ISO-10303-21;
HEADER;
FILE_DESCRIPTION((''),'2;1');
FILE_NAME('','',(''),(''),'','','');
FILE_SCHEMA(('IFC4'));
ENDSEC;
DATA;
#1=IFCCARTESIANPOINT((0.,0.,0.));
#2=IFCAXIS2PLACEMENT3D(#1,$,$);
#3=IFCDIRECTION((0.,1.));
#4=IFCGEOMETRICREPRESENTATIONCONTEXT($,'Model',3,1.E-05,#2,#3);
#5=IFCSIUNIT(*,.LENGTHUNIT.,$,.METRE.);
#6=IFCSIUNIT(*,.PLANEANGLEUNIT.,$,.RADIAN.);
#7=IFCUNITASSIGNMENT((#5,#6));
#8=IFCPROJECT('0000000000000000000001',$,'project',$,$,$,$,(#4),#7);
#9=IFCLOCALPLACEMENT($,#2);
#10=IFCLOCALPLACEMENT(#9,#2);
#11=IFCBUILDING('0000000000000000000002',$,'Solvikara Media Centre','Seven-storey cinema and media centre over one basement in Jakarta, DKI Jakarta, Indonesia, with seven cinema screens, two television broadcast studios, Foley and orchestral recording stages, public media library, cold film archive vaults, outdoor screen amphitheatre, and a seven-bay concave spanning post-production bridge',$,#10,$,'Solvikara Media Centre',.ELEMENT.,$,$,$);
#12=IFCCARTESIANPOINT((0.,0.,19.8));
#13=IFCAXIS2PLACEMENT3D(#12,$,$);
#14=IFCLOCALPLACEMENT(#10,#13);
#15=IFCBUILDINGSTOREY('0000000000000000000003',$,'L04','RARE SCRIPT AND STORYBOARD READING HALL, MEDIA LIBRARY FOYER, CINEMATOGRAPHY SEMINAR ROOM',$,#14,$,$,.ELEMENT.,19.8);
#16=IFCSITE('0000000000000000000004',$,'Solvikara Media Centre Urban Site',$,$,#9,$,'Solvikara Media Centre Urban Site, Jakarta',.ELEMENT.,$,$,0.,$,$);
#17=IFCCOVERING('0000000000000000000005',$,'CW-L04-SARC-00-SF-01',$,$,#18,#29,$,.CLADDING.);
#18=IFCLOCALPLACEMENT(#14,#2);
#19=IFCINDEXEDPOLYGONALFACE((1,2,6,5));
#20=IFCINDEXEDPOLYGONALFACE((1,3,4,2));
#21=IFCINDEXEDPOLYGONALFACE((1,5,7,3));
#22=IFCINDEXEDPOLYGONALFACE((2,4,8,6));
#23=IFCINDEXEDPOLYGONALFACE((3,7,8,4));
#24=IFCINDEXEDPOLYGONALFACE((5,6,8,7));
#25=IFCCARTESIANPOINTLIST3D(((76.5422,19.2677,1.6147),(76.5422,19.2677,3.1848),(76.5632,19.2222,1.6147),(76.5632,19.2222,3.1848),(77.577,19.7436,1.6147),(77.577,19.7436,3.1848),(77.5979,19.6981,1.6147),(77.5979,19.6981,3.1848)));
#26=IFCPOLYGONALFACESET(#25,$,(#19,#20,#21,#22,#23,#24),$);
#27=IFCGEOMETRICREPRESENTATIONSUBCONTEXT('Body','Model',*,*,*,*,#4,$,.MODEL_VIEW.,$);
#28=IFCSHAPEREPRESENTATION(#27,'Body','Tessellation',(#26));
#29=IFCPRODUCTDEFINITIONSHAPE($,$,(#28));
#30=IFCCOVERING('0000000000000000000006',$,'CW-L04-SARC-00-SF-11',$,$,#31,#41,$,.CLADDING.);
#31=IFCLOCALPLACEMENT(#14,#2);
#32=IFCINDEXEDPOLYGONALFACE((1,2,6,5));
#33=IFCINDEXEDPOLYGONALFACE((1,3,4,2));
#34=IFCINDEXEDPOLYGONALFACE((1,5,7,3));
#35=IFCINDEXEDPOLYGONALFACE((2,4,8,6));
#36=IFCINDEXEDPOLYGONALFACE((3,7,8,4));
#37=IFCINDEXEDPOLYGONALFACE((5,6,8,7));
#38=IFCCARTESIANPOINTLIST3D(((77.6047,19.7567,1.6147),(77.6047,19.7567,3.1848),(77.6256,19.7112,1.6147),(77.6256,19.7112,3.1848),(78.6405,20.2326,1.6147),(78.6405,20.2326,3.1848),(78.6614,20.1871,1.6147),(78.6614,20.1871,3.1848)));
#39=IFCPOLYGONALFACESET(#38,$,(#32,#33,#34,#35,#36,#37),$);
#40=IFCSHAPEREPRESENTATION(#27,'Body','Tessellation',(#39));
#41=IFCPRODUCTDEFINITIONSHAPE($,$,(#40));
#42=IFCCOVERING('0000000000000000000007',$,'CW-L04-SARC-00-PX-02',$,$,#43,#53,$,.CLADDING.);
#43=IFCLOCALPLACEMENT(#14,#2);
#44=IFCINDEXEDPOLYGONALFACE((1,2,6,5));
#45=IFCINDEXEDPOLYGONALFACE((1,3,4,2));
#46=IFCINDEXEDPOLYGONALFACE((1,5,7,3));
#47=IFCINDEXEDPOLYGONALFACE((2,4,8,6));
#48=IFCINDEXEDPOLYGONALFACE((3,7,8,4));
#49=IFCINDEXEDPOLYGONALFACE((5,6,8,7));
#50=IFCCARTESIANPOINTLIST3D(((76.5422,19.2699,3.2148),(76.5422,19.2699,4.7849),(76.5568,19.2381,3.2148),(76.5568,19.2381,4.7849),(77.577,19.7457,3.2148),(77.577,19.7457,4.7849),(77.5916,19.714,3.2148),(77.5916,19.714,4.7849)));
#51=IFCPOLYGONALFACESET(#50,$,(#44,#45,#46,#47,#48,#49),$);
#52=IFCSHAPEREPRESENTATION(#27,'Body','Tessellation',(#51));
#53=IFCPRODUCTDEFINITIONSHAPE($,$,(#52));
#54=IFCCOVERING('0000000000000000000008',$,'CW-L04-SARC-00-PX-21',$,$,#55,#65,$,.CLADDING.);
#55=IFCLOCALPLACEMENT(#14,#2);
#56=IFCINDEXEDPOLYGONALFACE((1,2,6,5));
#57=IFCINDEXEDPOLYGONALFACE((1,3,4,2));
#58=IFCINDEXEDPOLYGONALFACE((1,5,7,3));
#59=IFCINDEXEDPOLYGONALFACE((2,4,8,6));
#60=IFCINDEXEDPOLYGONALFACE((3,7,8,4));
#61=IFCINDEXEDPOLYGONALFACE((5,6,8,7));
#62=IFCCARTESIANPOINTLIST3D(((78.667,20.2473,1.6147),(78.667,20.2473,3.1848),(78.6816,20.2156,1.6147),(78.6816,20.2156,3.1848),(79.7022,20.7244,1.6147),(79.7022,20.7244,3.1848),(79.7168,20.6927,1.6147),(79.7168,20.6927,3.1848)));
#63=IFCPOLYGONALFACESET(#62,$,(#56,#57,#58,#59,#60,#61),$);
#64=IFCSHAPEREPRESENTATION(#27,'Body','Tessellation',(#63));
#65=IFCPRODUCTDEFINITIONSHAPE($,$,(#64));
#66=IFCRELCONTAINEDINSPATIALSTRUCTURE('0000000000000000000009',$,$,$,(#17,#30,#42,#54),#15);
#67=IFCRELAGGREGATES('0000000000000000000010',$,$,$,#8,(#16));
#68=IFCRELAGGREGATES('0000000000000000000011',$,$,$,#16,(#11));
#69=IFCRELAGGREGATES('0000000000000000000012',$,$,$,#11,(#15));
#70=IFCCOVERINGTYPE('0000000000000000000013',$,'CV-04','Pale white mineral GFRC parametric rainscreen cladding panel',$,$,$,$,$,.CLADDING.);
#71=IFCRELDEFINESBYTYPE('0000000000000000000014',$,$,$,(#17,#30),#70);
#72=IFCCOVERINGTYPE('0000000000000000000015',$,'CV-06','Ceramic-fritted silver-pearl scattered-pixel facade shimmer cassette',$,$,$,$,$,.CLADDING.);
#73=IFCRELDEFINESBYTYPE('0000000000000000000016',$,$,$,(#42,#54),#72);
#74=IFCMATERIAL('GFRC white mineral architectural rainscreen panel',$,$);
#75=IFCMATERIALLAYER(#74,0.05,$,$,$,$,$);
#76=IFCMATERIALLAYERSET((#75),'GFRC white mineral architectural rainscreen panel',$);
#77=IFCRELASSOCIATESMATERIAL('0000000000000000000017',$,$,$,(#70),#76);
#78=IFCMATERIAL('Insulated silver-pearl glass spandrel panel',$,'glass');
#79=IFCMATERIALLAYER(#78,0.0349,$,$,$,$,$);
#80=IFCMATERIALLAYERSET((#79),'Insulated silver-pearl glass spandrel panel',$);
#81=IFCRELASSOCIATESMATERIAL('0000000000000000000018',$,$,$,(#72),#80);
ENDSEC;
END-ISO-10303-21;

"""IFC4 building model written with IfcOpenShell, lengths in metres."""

from ifc_helpers import new_model, si_unit, direction, frame, origin, origin_2d, place, context, subcontext, project, spatial, rectangle, extrude, material, layer, layer_set, type_object, element, save


model = new_model("IFC4")

# Units and contexts
model_context = context("Model", 3, precision=1e-05, world=origin(), true_north=direction((0.0, 1.0)))
body_context = subcontext(model_context, "Body", "Model", "MODEL_VIEW")
ifc_project = project(units=[si_unit("LENGTHUNIT", "METRE"), si_unit("PLANEANGLEUNIT", "RADIAN")], contexts=[model_context])

# Site, building, storey
site_placement = place(None, origin())
site = spatial("IfcSite", under=ifc_project, at=site_placement, Name="Solvikara Media Centre Urban Site", LongName="Solvikara Media Centre Urban Site, Jakarta", CompositionType="ELEMENT", RefElevation=0.0)
building_placement = place(site_placement, origin())
building = spatial("IfcBuilding", under=site, at=building_placement, Name="Solvikara Media Centre", Description="Seven-storey cinema and media centre over one basement in Jakarta, DKI Jakarta, Indonesia, with seven cinema screens, two television broadcast studios, Foley and orchestral recording stages, public media library, cold film archive vaults, outdoor screen amphitheatre, and a seven-bay concave spanning post-production bridge", LongName="Solvikara Media Centre", CompositionType="ELEMENT")
storey_placement = place(building_placement, frame((0.0, 0.0, 19.8)))
storey = spatial("IfcBuildingStorey", under=building, at=storey_placement, Name="L04", Description="RARE SCRIPT AND STORYBOARD READING HALL, MEDIA LIBRARY FOYER, CINEMATOGRAPHY SEMINAR ROOM", CompositionType="ELEMENT", Elevation=19.8)

# Shared definitions
ifc_material_1 = material(Name="Insulated silver-pearl glass spandrel panel", Category="glass")

# Coverings
ifc_material_2 = material(Name="GFRC white mineral architectural rainscreen panel")
ifc_layer_1 = layer(ifc_material_2, 0.05)
ifc_layer_set_1 = layer_set([ifc_layer_1], Name="GFRC white mineral architectural rainscreen panel")
covering_type_1 = type_object("IfcCoveringType", Name="CV-04", Description="Pale white mineral GFRC parametric rainscreen cladding panel", PredefinedType="CLADDING", material=ifc_layer_set_1)
covering_1_placement = place(storey_placement, frame((77.0701, 19.4829, 1.6147), z_axis=(0.0, 0.0, 1.0), x_axis=(0.908523, 0.417835, 0.0)))
element("IfcCovering", 1, at=covering_1_placement, inside=storey, type_object=covering_type_1, Name="CW-L04-SARC-00-SF-01", PredefinedType="CLADDING", context=body_context, shape_type="SweptSolid", body=[
    extrude(rectangle(XDim=1.1389, YDim=0.05, at=origin_2d()), origin(), (0.0, 0.0, 1.0), 1.5701),
])
covering_2_placement = place(storey_placement, frame((78.1331, 19.9719, 1.6147), z_axis=(0.0, 0.0, 1.0), x_axis=(0.908676, 0.417502, 0.0)))
element("IfcCovering", 2, at=covering_2_placement, inside=storey, type_object=covering_type_1, Name="CW-L04-SARC-00-SF-11", PredefinedType="CLADDING", context=body_context, shape_type="SweptSolid", body=[
    extrude(rectangle(XDim=1.1399, YDim=0.05, at=origin_2d()), origin(), (0.0, 0.0, 1.0), 1.5701),
])
ifc_layer_2 = layer(ifc_material_1, 0.0349)
ifc_layer_set_2 = layer_set([ifc_layer_2], Name="Insulated silver-pearl glass spandrel panel")
covering_type_2 = type_object("IfcCoveringType", Name="CV-06", Description="Ceramic-fritted silver-pearl scattered-pixel facade shimmer cassette", PredefinedType="CLADDING", material=ifc_layer_set_2)
covering_3_placement = place(storey_placement, frame((77.0669, 19.4919, 3.2148), z_axis=(0.0, 0.0, 1.0), x_axis=(0.908523, 0.417835, 0.0)))
element("IfcCovering", 3, at=covering_3_placement, inside=storey, type_object=covering_type_2, Name="CW-L04-SARC-00-PX-02", PredefinedType="CLADDING", context=body_context, shape_type="SweptSolid", body=[
    extrude(rectangle(XDim=1.1389, YDim=0.0349, at=origin_2d()), origin(), (0.0, 0.0, 1.0), 1.5701),
])
covering_4_placement = place(storey_placement, frame((79.1919, 20.47, 1.6147), z_axis=(0.0, 0.0, 1.0), x_axis=(0.908187, 0.418565, 0.0)))
element("IfcCovering", 4, at=covering_4_placement, inside=storey, type_object=covering_type_2, Name="CW-L04-SARC-00-PX-21", PredefinedType="CLADDING", context=body_context, shape_type="SweptSolid", body=[
    extrude(rectangle(XDim=1.1399, YDim=0.0349, at=origin_2d()), origin(), (0.0, 0.0, 1.0), 1.5701),
])

save(model, "model.ifc")
